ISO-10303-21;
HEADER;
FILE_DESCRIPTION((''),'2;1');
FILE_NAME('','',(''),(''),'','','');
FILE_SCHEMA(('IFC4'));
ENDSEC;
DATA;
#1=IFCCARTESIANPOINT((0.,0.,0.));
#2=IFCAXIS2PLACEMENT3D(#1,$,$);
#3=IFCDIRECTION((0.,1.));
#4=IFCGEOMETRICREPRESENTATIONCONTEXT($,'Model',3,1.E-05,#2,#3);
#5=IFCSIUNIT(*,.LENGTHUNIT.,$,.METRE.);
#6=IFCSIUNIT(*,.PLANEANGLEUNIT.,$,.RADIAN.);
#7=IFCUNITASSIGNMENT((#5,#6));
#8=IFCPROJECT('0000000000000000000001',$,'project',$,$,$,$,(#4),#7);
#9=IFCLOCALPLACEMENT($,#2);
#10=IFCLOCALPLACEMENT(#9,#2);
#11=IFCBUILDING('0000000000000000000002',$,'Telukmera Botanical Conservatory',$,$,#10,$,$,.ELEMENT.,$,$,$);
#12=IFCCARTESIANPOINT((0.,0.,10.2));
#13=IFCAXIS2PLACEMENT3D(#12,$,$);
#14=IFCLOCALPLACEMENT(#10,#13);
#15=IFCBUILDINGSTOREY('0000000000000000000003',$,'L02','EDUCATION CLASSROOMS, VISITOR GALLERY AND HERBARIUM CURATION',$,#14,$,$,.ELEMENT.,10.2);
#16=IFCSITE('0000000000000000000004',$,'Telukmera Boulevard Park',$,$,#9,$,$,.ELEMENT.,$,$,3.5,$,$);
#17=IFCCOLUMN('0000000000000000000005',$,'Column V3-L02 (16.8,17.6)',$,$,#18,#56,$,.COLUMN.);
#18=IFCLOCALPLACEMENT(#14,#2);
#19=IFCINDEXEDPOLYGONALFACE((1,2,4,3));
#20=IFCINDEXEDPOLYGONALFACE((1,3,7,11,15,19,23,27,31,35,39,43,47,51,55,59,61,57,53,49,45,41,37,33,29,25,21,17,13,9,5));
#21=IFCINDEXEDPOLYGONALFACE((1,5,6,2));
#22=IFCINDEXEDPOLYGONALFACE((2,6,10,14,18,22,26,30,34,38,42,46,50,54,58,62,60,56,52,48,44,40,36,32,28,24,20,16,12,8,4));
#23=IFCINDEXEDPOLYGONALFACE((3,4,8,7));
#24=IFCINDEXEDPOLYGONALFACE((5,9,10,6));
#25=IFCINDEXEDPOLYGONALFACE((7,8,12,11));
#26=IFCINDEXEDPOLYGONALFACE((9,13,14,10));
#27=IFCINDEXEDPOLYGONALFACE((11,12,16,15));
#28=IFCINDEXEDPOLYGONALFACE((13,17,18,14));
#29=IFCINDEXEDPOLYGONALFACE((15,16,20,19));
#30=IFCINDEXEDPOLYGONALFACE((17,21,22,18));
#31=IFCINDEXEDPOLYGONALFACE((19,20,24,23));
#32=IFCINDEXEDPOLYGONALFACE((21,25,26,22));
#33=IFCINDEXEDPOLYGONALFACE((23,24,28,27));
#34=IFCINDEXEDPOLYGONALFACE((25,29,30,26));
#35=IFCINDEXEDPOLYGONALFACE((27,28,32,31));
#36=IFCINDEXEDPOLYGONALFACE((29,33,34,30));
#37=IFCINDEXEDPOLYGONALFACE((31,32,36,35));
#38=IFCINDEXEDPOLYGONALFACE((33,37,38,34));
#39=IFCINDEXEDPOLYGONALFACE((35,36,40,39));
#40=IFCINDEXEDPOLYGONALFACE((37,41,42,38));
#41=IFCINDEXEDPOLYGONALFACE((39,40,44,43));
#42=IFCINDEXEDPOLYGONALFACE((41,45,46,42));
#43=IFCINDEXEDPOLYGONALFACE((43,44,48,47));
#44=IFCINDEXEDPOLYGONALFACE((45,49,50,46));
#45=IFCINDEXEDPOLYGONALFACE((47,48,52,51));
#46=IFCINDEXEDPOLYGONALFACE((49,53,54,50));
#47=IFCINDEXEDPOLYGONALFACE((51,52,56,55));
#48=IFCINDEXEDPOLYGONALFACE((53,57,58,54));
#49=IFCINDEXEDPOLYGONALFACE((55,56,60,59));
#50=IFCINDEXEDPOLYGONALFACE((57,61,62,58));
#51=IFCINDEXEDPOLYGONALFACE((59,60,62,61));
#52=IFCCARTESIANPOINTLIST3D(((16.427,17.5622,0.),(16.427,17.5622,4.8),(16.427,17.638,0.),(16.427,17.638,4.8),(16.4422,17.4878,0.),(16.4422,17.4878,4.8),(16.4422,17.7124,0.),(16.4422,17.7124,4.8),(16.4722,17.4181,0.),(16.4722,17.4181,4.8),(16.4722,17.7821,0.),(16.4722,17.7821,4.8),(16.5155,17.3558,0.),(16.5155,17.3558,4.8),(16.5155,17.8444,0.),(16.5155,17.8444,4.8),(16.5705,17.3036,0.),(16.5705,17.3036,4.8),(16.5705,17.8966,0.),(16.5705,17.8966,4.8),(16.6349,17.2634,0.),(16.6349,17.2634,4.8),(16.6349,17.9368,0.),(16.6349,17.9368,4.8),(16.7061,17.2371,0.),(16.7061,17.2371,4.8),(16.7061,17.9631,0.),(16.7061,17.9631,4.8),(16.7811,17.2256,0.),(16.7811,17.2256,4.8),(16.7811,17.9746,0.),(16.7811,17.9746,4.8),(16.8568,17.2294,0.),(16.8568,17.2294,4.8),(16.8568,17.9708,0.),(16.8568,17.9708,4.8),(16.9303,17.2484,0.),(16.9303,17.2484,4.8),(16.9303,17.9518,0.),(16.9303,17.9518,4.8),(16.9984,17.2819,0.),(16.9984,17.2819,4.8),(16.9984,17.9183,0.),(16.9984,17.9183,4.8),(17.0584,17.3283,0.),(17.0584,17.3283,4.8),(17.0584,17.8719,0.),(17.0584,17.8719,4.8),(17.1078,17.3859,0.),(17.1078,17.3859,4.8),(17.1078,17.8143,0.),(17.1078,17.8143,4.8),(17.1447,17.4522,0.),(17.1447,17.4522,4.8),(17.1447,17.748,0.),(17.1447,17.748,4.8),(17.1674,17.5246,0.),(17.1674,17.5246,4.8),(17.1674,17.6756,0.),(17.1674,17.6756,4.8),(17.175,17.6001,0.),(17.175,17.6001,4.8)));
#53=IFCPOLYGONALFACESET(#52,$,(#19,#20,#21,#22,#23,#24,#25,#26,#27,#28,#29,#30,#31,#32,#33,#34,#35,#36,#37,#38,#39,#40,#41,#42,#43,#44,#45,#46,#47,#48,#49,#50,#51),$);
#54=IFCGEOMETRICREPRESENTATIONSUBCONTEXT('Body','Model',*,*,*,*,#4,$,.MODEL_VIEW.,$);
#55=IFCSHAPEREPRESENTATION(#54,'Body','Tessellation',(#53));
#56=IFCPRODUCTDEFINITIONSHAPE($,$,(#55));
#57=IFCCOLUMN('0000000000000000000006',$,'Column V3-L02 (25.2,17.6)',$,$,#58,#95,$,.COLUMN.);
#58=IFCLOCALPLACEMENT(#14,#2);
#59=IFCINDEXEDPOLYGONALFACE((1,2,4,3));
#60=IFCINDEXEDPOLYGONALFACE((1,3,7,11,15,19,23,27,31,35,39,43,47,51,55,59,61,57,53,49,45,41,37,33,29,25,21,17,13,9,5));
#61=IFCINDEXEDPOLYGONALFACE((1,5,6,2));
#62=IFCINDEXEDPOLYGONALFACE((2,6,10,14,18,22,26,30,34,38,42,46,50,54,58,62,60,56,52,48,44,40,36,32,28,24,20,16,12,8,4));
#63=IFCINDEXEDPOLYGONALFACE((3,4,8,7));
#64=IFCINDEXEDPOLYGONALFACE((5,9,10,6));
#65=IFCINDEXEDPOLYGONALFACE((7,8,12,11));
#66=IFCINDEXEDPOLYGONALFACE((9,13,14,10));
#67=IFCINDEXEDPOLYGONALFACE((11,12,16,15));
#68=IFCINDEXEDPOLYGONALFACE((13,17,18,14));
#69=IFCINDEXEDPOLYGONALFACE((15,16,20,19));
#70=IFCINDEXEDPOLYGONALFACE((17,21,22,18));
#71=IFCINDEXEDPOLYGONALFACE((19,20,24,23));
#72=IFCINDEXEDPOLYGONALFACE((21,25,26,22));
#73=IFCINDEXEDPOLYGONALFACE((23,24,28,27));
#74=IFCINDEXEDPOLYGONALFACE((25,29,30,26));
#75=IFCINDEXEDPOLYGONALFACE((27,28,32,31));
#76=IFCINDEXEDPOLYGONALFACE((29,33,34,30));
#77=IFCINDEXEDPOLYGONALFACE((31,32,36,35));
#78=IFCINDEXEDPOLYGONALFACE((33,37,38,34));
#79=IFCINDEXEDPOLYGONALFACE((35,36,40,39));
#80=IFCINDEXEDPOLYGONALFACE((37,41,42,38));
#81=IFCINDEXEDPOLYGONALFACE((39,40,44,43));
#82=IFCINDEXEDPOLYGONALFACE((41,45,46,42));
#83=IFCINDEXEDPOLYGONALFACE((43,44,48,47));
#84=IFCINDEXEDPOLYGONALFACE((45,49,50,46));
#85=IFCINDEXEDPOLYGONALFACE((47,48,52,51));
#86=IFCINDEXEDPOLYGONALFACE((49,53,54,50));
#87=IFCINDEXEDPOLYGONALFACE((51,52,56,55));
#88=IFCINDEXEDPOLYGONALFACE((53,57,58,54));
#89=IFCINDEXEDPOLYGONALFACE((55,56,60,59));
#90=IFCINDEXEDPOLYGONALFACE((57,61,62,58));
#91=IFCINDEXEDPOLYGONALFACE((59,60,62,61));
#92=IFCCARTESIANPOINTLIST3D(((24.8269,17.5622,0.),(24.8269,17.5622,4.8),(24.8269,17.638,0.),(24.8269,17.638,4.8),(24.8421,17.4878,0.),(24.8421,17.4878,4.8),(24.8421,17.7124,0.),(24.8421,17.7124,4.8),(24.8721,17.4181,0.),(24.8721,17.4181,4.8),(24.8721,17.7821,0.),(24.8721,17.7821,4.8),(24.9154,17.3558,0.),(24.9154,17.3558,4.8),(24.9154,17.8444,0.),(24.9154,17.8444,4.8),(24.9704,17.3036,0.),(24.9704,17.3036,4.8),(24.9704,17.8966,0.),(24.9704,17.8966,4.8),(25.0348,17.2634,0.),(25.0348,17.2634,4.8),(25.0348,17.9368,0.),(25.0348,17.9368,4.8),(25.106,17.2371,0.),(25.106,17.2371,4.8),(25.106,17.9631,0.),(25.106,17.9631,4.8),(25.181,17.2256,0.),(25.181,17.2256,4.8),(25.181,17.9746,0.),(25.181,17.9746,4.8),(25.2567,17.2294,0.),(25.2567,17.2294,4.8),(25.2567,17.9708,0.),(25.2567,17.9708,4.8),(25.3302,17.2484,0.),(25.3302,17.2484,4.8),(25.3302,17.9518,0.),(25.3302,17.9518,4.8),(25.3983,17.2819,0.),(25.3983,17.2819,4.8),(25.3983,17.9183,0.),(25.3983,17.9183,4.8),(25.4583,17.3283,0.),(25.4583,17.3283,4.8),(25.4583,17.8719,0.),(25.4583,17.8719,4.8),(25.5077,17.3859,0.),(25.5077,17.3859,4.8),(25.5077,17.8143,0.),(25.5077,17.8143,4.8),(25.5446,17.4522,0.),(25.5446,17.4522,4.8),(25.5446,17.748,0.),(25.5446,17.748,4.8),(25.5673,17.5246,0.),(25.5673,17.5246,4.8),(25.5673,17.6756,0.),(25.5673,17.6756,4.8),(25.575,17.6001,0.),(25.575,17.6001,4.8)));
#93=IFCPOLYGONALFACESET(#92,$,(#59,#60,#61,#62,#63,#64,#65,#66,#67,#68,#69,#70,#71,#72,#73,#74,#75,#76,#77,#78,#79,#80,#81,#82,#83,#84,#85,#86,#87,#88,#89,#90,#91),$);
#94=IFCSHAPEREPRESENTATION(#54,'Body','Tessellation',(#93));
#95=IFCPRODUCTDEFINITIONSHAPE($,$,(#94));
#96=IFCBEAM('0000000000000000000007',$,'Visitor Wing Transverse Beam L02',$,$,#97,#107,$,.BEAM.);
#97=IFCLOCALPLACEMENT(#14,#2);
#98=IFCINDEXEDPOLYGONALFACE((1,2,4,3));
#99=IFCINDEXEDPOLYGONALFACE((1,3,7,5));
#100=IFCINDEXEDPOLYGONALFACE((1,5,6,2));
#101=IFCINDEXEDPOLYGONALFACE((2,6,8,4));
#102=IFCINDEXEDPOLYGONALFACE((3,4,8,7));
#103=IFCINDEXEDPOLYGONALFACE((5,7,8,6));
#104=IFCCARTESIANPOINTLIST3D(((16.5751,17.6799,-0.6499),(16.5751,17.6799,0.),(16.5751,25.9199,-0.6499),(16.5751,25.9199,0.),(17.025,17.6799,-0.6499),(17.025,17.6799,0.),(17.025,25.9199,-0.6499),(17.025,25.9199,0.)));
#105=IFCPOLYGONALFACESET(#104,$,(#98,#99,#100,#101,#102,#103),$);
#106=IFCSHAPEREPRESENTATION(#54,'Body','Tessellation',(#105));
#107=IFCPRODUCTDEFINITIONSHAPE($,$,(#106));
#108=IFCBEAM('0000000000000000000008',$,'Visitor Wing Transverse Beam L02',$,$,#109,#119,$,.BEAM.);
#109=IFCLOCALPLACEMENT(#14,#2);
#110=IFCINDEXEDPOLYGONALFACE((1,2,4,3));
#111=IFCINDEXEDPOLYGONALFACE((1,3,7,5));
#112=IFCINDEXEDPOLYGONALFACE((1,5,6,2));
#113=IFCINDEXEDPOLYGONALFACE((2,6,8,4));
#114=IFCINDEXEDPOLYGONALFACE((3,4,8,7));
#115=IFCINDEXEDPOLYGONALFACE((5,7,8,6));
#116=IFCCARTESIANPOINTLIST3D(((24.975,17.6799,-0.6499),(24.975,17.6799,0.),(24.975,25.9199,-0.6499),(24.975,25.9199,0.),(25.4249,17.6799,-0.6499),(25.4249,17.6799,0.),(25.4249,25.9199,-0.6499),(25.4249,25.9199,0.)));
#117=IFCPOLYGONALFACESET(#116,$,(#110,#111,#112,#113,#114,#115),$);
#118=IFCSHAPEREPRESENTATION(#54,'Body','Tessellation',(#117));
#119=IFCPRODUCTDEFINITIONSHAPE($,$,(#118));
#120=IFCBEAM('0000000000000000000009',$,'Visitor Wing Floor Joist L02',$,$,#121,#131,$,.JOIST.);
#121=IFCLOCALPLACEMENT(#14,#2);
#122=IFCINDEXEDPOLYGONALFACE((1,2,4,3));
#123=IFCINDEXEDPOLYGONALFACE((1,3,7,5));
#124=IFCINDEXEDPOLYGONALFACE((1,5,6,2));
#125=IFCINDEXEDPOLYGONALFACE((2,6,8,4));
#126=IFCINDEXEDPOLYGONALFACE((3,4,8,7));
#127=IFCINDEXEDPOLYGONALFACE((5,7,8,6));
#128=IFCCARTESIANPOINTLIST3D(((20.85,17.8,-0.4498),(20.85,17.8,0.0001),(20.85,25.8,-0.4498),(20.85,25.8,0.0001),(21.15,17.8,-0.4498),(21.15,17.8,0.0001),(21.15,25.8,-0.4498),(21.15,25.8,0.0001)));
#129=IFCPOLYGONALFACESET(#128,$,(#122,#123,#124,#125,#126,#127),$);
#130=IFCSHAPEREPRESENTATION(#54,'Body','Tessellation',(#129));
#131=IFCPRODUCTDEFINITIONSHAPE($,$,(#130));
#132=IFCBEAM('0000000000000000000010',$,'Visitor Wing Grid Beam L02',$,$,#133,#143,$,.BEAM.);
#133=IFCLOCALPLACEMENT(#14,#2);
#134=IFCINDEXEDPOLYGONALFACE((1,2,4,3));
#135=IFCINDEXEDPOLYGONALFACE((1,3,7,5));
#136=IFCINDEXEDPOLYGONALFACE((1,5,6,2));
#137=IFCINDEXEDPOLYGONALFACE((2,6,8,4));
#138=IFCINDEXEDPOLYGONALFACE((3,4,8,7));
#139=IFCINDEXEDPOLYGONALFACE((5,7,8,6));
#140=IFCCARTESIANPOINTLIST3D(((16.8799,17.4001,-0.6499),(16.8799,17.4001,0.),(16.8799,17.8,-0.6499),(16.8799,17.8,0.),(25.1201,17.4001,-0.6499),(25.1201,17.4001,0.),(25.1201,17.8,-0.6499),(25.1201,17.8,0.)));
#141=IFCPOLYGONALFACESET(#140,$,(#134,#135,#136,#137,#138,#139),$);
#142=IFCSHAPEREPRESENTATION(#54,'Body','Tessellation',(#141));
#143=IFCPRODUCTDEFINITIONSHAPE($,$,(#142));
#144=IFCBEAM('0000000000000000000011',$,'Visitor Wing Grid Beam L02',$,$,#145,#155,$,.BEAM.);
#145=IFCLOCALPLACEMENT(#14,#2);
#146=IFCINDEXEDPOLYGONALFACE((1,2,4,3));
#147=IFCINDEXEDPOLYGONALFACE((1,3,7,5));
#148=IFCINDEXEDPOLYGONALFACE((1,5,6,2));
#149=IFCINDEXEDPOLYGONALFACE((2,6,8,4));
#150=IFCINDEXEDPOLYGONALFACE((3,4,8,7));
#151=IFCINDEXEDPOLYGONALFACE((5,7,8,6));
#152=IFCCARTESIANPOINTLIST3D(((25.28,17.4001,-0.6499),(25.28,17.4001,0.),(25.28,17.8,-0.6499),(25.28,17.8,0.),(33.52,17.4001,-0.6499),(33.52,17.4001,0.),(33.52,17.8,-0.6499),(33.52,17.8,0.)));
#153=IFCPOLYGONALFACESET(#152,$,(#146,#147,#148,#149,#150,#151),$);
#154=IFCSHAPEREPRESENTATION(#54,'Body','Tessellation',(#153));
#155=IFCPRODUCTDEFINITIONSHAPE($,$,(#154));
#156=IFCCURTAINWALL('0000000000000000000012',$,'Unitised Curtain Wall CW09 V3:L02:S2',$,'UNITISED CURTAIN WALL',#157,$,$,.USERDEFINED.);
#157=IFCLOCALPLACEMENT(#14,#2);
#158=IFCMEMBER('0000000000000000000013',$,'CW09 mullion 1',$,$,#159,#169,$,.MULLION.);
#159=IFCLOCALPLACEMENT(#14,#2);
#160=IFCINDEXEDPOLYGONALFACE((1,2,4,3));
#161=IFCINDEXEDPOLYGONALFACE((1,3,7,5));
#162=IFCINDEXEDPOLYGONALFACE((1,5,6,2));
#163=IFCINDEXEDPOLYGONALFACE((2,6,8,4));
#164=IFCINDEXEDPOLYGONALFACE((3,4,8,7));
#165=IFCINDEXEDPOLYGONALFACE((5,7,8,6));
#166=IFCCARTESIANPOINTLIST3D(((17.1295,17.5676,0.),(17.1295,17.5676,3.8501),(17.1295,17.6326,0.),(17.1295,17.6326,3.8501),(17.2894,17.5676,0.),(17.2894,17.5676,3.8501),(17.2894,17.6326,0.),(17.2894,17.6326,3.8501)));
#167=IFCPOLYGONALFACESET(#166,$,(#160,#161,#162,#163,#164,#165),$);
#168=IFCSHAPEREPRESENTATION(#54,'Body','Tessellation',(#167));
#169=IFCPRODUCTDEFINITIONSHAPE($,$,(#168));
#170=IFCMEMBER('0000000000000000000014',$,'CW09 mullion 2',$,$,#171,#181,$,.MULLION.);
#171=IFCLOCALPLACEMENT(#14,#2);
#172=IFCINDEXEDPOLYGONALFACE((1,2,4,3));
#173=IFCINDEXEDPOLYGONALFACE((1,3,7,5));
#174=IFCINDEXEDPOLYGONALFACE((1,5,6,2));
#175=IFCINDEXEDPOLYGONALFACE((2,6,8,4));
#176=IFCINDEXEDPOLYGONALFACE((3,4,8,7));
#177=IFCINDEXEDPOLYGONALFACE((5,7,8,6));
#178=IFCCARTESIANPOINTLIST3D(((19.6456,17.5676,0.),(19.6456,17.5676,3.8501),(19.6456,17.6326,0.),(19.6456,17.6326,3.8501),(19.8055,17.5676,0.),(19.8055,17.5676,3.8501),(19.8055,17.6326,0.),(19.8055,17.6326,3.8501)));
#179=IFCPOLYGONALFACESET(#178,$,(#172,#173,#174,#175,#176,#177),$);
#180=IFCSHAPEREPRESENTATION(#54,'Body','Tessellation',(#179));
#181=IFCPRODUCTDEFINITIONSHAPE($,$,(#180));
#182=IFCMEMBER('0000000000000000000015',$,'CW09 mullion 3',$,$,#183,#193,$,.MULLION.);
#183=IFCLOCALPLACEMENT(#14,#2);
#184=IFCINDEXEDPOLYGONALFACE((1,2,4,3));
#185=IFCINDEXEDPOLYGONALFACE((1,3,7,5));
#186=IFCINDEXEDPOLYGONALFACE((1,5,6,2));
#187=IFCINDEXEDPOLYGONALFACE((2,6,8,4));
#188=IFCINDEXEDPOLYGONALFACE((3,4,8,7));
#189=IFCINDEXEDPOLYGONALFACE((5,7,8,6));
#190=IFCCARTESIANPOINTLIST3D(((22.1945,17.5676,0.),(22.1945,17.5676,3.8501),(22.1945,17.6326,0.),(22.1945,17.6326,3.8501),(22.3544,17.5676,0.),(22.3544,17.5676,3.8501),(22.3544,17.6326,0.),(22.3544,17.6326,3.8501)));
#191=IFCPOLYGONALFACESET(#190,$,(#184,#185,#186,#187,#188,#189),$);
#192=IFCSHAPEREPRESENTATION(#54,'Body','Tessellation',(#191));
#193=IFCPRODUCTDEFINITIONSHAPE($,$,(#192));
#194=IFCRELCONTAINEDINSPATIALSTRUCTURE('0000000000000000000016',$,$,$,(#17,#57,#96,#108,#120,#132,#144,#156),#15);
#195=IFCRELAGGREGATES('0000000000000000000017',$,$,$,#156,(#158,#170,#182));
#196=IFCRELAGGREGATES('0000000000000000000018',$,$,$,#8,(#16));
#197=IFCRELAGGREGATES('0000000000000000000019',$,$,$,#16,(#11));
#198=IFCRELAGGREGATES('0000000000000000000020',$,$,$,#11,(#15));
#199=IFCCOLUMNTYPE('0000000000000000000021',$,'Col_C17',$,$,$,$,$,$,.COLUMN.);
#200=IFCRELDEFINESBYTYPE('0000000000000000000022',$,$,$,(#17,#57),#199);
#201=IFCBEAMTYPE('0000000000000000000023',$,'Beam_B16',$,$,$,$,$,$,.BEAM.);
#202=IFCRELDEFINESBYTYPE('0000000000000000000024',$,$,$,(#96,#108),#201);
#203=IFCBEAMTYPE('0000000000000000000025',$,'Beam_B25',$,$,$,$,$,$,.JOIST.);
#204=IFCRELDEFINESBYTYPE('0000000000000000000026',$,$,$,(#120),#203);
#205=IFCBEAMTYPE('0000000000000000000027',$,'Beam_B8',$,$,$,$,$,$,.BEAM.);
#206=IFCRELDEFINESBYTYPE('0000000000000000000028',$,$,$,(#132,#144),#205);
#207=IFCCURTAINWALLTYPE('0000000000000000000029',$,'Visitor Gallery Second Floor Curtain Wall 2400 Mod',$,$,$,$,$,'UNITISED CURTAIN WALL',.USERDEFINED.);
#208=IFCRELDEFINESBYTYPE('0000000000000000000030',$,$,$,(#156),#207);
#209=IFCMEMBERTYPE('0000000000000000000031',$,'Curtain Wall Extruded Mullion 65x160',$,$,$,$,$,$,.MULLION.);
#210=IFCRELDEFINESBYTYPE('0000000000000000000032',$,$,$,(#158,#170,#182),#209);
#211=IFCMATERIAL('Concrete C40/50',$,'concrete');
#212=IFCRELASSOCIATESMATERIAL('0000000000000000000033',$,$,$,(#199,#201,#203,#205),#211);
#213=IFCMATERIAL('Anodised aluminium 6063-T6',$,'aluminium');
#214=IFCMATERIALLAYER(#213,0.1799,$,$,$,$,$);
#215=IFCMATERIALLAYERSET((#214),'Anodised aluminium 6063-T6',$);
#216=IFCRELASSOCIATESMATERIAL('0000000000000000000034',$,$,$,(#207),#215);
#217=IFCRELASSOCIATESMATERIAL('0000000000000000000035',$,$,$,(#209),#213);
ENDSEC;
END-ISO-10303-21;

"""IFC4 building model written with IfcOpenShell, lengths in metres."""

from ifc_helpers import new_model, si_unit, direction, frame, origin, origin_2d, place, context, subcontext, project, spatial, rectangle, circle, extrude, material, layer, layer_set, material_profile, profile_set, type_object, element, aggregate, save


model = new_model("IFC4")

# Units and contexts
model_context = context("Model", 3, precision=1e-05, world=origin(), true_north=direction((0.0, 1.0)))
body_context = subcontext(model_context, "Body", "Model", "MODEL_VIEW")
ifc_project = project(units=[si_unit("LENGTHUNIT", "METRE"), si_unit("PLANEANGLEUNIT", "RADIAN")], contexts=[model_context])

# Site, building, storey
site_placement = place(None, origin())
site = spatial("IfcSite", under=ifc_project, at=site_placement, Name="Telukmera Boulevard Park", CompositionType="ELEMENT", RefElevation=3.5)
building_placement = place(site_placement, origin())
building = spatial("IfcBuilding", under=site, at=building_placement, Name="Telukmera Botanical Conservatory", CompositionType="ELEMENT")
storey_placement = place(building_placement, frame((0.0, 0.0, 10.2)))
storey = spatial("IfcBuildingStorey", under=building, at=storey_placement, Name="L02", Description="EDUCATION CLASSROOMS, VISITOR GALLERY AND HERBARIUM CURATION", CompositionType="ELEMENT", Elevation=10.2)

# Columns
ifc_material_1 = material(Name="Concrete C40/50", Category="concrete")
ifc_material_profile_1 = material_profile(ifc_material_1, circle(Radius=0.375, at=origin_2d()), Name="RC D750")
ifc_profile_set_1 = profile_set([ifc_material_profile_1], Name="Concrete C40/50")
column_type = type_object("IfcColumnType", Name="Col_C17", PredefinedType="COLUMN", material=ifc_profile_set_1)
for number, where, z_axis, x_axis, name in (
    (1, (16.8, 17.6001, 0.0), (0.0, 0.0, 1.0), (1.0, 0.0, 0.0), "Column V3-L02 (16.8,17.6)"),
    (2, (25.2, 17.6001, 0.0), (0.0, 0.0, 1.0), (1.0, 0.0, 0.0), "Column V3-L02 (25.2,17.6)"),
):
    element("IfcColumn", number, at=place(storey_placement, frame(where, z_axis=z_axis, x_axis=x_axis)), inside=storey, type_object=column_type, Name=name, PredefinedType="COLUMN", context=body_context, shape_type="SweptSolid", body=[
        extrude(circle(Radius=0.375, at=origin_2d()), origin(), (0.0, 0.0, 1.0), 4.8),
    ])

# Beams
ifc_material_profile_2 = material_profile(ifc_material_1, rectangle(XDim=0.45, YDim=0.6499, at=origin_2d()), Name="RC 450x650")
ifc_profile_set_2 = profile_set([ifc_material_profile_2], Name="Concrete C40/50")
beam_type_1 = type_object("IfcBeamType", Name="Beam_B16", PredefinedType="BEAM", material=ifc_profile_set_2)
for number, where, z_axis, x_axis, name in (
    (3, (16.8, 17.6799, -0.325), (0.0, 1.0, 0.0), (-1.0, 0.0, 0.0), "Visitor Wing Transverse Beam L02"),
    (4, (25.2, 17.6799, -0.325), (0.0, 1.0, 0.0), (-1.0, 0.0, 0.0), "Visitor Wing Transverse Beam L02"),
):
    element("IfcBeam", number, at=place(storey_placement, frame(where, z_axis=z_axis, x_axis=x_axis)), inside=storey, type_object=beam_type_1, Name=name, PredefinedType="BEAM", context=body_context, shape_type="SweptSolid", body=[
        extrude(rectangle(XDim=0.45, YDim=0.6499, at=origin_2d()), origin(), (0.0, 0.0, 1.0), 8.24),
    ])
ifc_material_profile_3 = material_profile(ifc_material_1, rectangle(XDim=0.3, YDim=0.45, at=origin_2d()), Name="RC 300x450")
ifc_profile_set_3 = profile_set([ifc_material_profile_3], Name="Concrete C40/50")
beam_type_2 = type_object("IfcBeamType", Name="Beam_B25", PredefinedType="JOIST", material=ifc_profile_set_3)
beam_1_placement = place(storey_placement, frame((21.0, 17.8, -0.2249), z_axis=(0.0, 1.0, 0.0), x_axis=(-1.0, 0.0, 0.0)))
element("IfcBeam", 5, at=beam_1_placement, inside=storey, type_object=beam_type_2, Name="Visitor Wing Floor Joist L02", PredefinedType="JOIST", context=body_context, shape_type="SweptSolid", body=[
    extrude(rectangle(XDim=0.3, YDim=0.45, at=origin_2d()), origin(), (0.0, 0.0, 1.0), 8.0),
])
ifc_material_profile_4 = material_profile(ifc_material_1, rectangle(XDim=0.3999, YDim=0.6499, at=origin_2d()), Name="RC 400x650")
ifc_profile_set_4 = profile_set([ifc_material_profile_4], Name="Concrete C40/50")
beam_type_3 = type_object("IfcBeamType", Name="Beam_B8", PredefinedType="BEAM", material=ifc_profile_set_4)
beam_2_placement = place(storey_placement, frame((16.8799, 17.6001, -0.325), z_axis=(1.0, 0.0, 0.0), x_axis=(0.0, 1.0, 0.0)))
element("IfcBeam", 6, at=beam_2_placement, inside=storey, type_object=beam_type_3, Name="Visitor Wing Grid Beam L02", PredefinedType="BEAM", context=body_context, shape_type="SweptSolid", body=[
    extrude(rectangle(XDim=0.3999, YDim=0.6499, at=origin_2d()), origin(), (0.0, 0.0, 1.0), 8.2402),
])
beam_3_placement = place(storey_placement, frame((25.28, 17.6001, -0.325), z_axis=(1.0, 0.0, 0.0), x_axis=(0.0, 1.0, 0.0)))
element("IfcBeam", 7, at=beam_3_placement, inside=storey, type_object=beam_type_3, Name="Visitor Wing Grid Beam L02", PredefinedType="BEAM", context=body_context, shape_type="SweptSolid", body=[
    extrude(rectangle(XDim=0.3999, YDim=0.6499, at=origin_2d()), origin(), (0.0, 0.0, 1.0), 8.24),
])

# Curtain wall, members
ifc_material_2 = material(Name="Anodised aluminium 6063-T6", Category="aluminium")
ifc_layer_1 = layer(ifc_material_2, 0.1799)
ifc_layer_set_1 = layer_set([ifc_layer_1], Name="Anodised aluminium 6063-T6")
curtain_wall_type_1 = type_object("IfcCurtainWallType", Name="Visitor Gallery Second Floor Curtain Wall 2400 Mod", ElementType="UNITISED CURTAIN WALL", PredefinedType="USERDEFINED", material=ifc_layer_set_1)
curtain_wall_1_placement = place(storey_placement, origin())
curtain_wall_1 = element("IfcCurtainWall", 8, at=curtain_wall_1_placement, inside=storey, type_object=curtain_wall_type_1, Name="Unitised Curtain Wall CW09 V3:L02:S2", ObjectType="UNITISED CURTAIN WALL", PredefinedType="USERDEFINED")
ifc_material_profile_5 = material_profile(ifc_material_2, rectangle(XDim=0.0649, YDim=0.1599, at=origin_2d()), Name="ALU MULL 65x160")
ifc_profile_set_5 = profile_set([ifc_material_profile_5], Name="Anodised aluminium 6063-T6")
member_type_1 = type_object("IfcMemberType", Name="Curtain Wall Extruded Mullion 65x160", PredefinedType="MULLION", material=ifc_profile_set_5)
member_1_placement = place(storey_placement, frame((17.2095, 17.6001, 0.0), z_axis=(0.0, 0.0, 1.0), x_axis=(0.0, 1.0, 0.0)))
member_1 = element("IfcMember", 9, at=member_1_placement, type_object=member_type_1, Name="CW09 mullion 1", PredefinedType="MULLION", context=body_context, shape_type="SweptSolid", body=[
    extrude(rectangle(XDim=0.0649, YDim=0.1599, at=origin_2d()), origin(), (0.0, 0.0, 1.0), 3.8501),
])
member_2_placement = place(storey_placement, frame((19.7256, 17.6001, 0.0), z_axis=(0.0, 0.0, 1.0), x_axis=(0.0, 1.0, 0.0)))
member_2 = element("IfcMember", 10, at=member_2_placement, type_object=member_type_1, Name="CW09 mullion 2", PredefinedType="MULLION", context=body_context, shape_type="SweptSolid", body=[
    extrude(rectangle(XDim=0.0649, YDim=0.1599, at=origin_2d()), origin(), (0.0, 0.0, 1.0), 3.8501),
])
member_3_placement = place(storey_placement, frame((22.2744, 17.6001, 0.0), z_axis=(0.0, 0.0, 1.0), x_axis=(0.0, 1.0, 0.0)))
member_3 = element("IfcMember", 11, at=member_3_placement, type_object=member_type_1, Name="CW09 mullion 3", PredefinedType="MULLION", context=body_context, shape_type="SweptSolid", body=[
    extrude(rectangle(XDim=0.0649, YDim=0.1599, at=origin_2d()), origin(), (0.0, 0.0, 1.0), 3.8501),
])

aggregate(curtain_wall_1, [member_1, member_2, member_3])

save(model, "model.ifc")
